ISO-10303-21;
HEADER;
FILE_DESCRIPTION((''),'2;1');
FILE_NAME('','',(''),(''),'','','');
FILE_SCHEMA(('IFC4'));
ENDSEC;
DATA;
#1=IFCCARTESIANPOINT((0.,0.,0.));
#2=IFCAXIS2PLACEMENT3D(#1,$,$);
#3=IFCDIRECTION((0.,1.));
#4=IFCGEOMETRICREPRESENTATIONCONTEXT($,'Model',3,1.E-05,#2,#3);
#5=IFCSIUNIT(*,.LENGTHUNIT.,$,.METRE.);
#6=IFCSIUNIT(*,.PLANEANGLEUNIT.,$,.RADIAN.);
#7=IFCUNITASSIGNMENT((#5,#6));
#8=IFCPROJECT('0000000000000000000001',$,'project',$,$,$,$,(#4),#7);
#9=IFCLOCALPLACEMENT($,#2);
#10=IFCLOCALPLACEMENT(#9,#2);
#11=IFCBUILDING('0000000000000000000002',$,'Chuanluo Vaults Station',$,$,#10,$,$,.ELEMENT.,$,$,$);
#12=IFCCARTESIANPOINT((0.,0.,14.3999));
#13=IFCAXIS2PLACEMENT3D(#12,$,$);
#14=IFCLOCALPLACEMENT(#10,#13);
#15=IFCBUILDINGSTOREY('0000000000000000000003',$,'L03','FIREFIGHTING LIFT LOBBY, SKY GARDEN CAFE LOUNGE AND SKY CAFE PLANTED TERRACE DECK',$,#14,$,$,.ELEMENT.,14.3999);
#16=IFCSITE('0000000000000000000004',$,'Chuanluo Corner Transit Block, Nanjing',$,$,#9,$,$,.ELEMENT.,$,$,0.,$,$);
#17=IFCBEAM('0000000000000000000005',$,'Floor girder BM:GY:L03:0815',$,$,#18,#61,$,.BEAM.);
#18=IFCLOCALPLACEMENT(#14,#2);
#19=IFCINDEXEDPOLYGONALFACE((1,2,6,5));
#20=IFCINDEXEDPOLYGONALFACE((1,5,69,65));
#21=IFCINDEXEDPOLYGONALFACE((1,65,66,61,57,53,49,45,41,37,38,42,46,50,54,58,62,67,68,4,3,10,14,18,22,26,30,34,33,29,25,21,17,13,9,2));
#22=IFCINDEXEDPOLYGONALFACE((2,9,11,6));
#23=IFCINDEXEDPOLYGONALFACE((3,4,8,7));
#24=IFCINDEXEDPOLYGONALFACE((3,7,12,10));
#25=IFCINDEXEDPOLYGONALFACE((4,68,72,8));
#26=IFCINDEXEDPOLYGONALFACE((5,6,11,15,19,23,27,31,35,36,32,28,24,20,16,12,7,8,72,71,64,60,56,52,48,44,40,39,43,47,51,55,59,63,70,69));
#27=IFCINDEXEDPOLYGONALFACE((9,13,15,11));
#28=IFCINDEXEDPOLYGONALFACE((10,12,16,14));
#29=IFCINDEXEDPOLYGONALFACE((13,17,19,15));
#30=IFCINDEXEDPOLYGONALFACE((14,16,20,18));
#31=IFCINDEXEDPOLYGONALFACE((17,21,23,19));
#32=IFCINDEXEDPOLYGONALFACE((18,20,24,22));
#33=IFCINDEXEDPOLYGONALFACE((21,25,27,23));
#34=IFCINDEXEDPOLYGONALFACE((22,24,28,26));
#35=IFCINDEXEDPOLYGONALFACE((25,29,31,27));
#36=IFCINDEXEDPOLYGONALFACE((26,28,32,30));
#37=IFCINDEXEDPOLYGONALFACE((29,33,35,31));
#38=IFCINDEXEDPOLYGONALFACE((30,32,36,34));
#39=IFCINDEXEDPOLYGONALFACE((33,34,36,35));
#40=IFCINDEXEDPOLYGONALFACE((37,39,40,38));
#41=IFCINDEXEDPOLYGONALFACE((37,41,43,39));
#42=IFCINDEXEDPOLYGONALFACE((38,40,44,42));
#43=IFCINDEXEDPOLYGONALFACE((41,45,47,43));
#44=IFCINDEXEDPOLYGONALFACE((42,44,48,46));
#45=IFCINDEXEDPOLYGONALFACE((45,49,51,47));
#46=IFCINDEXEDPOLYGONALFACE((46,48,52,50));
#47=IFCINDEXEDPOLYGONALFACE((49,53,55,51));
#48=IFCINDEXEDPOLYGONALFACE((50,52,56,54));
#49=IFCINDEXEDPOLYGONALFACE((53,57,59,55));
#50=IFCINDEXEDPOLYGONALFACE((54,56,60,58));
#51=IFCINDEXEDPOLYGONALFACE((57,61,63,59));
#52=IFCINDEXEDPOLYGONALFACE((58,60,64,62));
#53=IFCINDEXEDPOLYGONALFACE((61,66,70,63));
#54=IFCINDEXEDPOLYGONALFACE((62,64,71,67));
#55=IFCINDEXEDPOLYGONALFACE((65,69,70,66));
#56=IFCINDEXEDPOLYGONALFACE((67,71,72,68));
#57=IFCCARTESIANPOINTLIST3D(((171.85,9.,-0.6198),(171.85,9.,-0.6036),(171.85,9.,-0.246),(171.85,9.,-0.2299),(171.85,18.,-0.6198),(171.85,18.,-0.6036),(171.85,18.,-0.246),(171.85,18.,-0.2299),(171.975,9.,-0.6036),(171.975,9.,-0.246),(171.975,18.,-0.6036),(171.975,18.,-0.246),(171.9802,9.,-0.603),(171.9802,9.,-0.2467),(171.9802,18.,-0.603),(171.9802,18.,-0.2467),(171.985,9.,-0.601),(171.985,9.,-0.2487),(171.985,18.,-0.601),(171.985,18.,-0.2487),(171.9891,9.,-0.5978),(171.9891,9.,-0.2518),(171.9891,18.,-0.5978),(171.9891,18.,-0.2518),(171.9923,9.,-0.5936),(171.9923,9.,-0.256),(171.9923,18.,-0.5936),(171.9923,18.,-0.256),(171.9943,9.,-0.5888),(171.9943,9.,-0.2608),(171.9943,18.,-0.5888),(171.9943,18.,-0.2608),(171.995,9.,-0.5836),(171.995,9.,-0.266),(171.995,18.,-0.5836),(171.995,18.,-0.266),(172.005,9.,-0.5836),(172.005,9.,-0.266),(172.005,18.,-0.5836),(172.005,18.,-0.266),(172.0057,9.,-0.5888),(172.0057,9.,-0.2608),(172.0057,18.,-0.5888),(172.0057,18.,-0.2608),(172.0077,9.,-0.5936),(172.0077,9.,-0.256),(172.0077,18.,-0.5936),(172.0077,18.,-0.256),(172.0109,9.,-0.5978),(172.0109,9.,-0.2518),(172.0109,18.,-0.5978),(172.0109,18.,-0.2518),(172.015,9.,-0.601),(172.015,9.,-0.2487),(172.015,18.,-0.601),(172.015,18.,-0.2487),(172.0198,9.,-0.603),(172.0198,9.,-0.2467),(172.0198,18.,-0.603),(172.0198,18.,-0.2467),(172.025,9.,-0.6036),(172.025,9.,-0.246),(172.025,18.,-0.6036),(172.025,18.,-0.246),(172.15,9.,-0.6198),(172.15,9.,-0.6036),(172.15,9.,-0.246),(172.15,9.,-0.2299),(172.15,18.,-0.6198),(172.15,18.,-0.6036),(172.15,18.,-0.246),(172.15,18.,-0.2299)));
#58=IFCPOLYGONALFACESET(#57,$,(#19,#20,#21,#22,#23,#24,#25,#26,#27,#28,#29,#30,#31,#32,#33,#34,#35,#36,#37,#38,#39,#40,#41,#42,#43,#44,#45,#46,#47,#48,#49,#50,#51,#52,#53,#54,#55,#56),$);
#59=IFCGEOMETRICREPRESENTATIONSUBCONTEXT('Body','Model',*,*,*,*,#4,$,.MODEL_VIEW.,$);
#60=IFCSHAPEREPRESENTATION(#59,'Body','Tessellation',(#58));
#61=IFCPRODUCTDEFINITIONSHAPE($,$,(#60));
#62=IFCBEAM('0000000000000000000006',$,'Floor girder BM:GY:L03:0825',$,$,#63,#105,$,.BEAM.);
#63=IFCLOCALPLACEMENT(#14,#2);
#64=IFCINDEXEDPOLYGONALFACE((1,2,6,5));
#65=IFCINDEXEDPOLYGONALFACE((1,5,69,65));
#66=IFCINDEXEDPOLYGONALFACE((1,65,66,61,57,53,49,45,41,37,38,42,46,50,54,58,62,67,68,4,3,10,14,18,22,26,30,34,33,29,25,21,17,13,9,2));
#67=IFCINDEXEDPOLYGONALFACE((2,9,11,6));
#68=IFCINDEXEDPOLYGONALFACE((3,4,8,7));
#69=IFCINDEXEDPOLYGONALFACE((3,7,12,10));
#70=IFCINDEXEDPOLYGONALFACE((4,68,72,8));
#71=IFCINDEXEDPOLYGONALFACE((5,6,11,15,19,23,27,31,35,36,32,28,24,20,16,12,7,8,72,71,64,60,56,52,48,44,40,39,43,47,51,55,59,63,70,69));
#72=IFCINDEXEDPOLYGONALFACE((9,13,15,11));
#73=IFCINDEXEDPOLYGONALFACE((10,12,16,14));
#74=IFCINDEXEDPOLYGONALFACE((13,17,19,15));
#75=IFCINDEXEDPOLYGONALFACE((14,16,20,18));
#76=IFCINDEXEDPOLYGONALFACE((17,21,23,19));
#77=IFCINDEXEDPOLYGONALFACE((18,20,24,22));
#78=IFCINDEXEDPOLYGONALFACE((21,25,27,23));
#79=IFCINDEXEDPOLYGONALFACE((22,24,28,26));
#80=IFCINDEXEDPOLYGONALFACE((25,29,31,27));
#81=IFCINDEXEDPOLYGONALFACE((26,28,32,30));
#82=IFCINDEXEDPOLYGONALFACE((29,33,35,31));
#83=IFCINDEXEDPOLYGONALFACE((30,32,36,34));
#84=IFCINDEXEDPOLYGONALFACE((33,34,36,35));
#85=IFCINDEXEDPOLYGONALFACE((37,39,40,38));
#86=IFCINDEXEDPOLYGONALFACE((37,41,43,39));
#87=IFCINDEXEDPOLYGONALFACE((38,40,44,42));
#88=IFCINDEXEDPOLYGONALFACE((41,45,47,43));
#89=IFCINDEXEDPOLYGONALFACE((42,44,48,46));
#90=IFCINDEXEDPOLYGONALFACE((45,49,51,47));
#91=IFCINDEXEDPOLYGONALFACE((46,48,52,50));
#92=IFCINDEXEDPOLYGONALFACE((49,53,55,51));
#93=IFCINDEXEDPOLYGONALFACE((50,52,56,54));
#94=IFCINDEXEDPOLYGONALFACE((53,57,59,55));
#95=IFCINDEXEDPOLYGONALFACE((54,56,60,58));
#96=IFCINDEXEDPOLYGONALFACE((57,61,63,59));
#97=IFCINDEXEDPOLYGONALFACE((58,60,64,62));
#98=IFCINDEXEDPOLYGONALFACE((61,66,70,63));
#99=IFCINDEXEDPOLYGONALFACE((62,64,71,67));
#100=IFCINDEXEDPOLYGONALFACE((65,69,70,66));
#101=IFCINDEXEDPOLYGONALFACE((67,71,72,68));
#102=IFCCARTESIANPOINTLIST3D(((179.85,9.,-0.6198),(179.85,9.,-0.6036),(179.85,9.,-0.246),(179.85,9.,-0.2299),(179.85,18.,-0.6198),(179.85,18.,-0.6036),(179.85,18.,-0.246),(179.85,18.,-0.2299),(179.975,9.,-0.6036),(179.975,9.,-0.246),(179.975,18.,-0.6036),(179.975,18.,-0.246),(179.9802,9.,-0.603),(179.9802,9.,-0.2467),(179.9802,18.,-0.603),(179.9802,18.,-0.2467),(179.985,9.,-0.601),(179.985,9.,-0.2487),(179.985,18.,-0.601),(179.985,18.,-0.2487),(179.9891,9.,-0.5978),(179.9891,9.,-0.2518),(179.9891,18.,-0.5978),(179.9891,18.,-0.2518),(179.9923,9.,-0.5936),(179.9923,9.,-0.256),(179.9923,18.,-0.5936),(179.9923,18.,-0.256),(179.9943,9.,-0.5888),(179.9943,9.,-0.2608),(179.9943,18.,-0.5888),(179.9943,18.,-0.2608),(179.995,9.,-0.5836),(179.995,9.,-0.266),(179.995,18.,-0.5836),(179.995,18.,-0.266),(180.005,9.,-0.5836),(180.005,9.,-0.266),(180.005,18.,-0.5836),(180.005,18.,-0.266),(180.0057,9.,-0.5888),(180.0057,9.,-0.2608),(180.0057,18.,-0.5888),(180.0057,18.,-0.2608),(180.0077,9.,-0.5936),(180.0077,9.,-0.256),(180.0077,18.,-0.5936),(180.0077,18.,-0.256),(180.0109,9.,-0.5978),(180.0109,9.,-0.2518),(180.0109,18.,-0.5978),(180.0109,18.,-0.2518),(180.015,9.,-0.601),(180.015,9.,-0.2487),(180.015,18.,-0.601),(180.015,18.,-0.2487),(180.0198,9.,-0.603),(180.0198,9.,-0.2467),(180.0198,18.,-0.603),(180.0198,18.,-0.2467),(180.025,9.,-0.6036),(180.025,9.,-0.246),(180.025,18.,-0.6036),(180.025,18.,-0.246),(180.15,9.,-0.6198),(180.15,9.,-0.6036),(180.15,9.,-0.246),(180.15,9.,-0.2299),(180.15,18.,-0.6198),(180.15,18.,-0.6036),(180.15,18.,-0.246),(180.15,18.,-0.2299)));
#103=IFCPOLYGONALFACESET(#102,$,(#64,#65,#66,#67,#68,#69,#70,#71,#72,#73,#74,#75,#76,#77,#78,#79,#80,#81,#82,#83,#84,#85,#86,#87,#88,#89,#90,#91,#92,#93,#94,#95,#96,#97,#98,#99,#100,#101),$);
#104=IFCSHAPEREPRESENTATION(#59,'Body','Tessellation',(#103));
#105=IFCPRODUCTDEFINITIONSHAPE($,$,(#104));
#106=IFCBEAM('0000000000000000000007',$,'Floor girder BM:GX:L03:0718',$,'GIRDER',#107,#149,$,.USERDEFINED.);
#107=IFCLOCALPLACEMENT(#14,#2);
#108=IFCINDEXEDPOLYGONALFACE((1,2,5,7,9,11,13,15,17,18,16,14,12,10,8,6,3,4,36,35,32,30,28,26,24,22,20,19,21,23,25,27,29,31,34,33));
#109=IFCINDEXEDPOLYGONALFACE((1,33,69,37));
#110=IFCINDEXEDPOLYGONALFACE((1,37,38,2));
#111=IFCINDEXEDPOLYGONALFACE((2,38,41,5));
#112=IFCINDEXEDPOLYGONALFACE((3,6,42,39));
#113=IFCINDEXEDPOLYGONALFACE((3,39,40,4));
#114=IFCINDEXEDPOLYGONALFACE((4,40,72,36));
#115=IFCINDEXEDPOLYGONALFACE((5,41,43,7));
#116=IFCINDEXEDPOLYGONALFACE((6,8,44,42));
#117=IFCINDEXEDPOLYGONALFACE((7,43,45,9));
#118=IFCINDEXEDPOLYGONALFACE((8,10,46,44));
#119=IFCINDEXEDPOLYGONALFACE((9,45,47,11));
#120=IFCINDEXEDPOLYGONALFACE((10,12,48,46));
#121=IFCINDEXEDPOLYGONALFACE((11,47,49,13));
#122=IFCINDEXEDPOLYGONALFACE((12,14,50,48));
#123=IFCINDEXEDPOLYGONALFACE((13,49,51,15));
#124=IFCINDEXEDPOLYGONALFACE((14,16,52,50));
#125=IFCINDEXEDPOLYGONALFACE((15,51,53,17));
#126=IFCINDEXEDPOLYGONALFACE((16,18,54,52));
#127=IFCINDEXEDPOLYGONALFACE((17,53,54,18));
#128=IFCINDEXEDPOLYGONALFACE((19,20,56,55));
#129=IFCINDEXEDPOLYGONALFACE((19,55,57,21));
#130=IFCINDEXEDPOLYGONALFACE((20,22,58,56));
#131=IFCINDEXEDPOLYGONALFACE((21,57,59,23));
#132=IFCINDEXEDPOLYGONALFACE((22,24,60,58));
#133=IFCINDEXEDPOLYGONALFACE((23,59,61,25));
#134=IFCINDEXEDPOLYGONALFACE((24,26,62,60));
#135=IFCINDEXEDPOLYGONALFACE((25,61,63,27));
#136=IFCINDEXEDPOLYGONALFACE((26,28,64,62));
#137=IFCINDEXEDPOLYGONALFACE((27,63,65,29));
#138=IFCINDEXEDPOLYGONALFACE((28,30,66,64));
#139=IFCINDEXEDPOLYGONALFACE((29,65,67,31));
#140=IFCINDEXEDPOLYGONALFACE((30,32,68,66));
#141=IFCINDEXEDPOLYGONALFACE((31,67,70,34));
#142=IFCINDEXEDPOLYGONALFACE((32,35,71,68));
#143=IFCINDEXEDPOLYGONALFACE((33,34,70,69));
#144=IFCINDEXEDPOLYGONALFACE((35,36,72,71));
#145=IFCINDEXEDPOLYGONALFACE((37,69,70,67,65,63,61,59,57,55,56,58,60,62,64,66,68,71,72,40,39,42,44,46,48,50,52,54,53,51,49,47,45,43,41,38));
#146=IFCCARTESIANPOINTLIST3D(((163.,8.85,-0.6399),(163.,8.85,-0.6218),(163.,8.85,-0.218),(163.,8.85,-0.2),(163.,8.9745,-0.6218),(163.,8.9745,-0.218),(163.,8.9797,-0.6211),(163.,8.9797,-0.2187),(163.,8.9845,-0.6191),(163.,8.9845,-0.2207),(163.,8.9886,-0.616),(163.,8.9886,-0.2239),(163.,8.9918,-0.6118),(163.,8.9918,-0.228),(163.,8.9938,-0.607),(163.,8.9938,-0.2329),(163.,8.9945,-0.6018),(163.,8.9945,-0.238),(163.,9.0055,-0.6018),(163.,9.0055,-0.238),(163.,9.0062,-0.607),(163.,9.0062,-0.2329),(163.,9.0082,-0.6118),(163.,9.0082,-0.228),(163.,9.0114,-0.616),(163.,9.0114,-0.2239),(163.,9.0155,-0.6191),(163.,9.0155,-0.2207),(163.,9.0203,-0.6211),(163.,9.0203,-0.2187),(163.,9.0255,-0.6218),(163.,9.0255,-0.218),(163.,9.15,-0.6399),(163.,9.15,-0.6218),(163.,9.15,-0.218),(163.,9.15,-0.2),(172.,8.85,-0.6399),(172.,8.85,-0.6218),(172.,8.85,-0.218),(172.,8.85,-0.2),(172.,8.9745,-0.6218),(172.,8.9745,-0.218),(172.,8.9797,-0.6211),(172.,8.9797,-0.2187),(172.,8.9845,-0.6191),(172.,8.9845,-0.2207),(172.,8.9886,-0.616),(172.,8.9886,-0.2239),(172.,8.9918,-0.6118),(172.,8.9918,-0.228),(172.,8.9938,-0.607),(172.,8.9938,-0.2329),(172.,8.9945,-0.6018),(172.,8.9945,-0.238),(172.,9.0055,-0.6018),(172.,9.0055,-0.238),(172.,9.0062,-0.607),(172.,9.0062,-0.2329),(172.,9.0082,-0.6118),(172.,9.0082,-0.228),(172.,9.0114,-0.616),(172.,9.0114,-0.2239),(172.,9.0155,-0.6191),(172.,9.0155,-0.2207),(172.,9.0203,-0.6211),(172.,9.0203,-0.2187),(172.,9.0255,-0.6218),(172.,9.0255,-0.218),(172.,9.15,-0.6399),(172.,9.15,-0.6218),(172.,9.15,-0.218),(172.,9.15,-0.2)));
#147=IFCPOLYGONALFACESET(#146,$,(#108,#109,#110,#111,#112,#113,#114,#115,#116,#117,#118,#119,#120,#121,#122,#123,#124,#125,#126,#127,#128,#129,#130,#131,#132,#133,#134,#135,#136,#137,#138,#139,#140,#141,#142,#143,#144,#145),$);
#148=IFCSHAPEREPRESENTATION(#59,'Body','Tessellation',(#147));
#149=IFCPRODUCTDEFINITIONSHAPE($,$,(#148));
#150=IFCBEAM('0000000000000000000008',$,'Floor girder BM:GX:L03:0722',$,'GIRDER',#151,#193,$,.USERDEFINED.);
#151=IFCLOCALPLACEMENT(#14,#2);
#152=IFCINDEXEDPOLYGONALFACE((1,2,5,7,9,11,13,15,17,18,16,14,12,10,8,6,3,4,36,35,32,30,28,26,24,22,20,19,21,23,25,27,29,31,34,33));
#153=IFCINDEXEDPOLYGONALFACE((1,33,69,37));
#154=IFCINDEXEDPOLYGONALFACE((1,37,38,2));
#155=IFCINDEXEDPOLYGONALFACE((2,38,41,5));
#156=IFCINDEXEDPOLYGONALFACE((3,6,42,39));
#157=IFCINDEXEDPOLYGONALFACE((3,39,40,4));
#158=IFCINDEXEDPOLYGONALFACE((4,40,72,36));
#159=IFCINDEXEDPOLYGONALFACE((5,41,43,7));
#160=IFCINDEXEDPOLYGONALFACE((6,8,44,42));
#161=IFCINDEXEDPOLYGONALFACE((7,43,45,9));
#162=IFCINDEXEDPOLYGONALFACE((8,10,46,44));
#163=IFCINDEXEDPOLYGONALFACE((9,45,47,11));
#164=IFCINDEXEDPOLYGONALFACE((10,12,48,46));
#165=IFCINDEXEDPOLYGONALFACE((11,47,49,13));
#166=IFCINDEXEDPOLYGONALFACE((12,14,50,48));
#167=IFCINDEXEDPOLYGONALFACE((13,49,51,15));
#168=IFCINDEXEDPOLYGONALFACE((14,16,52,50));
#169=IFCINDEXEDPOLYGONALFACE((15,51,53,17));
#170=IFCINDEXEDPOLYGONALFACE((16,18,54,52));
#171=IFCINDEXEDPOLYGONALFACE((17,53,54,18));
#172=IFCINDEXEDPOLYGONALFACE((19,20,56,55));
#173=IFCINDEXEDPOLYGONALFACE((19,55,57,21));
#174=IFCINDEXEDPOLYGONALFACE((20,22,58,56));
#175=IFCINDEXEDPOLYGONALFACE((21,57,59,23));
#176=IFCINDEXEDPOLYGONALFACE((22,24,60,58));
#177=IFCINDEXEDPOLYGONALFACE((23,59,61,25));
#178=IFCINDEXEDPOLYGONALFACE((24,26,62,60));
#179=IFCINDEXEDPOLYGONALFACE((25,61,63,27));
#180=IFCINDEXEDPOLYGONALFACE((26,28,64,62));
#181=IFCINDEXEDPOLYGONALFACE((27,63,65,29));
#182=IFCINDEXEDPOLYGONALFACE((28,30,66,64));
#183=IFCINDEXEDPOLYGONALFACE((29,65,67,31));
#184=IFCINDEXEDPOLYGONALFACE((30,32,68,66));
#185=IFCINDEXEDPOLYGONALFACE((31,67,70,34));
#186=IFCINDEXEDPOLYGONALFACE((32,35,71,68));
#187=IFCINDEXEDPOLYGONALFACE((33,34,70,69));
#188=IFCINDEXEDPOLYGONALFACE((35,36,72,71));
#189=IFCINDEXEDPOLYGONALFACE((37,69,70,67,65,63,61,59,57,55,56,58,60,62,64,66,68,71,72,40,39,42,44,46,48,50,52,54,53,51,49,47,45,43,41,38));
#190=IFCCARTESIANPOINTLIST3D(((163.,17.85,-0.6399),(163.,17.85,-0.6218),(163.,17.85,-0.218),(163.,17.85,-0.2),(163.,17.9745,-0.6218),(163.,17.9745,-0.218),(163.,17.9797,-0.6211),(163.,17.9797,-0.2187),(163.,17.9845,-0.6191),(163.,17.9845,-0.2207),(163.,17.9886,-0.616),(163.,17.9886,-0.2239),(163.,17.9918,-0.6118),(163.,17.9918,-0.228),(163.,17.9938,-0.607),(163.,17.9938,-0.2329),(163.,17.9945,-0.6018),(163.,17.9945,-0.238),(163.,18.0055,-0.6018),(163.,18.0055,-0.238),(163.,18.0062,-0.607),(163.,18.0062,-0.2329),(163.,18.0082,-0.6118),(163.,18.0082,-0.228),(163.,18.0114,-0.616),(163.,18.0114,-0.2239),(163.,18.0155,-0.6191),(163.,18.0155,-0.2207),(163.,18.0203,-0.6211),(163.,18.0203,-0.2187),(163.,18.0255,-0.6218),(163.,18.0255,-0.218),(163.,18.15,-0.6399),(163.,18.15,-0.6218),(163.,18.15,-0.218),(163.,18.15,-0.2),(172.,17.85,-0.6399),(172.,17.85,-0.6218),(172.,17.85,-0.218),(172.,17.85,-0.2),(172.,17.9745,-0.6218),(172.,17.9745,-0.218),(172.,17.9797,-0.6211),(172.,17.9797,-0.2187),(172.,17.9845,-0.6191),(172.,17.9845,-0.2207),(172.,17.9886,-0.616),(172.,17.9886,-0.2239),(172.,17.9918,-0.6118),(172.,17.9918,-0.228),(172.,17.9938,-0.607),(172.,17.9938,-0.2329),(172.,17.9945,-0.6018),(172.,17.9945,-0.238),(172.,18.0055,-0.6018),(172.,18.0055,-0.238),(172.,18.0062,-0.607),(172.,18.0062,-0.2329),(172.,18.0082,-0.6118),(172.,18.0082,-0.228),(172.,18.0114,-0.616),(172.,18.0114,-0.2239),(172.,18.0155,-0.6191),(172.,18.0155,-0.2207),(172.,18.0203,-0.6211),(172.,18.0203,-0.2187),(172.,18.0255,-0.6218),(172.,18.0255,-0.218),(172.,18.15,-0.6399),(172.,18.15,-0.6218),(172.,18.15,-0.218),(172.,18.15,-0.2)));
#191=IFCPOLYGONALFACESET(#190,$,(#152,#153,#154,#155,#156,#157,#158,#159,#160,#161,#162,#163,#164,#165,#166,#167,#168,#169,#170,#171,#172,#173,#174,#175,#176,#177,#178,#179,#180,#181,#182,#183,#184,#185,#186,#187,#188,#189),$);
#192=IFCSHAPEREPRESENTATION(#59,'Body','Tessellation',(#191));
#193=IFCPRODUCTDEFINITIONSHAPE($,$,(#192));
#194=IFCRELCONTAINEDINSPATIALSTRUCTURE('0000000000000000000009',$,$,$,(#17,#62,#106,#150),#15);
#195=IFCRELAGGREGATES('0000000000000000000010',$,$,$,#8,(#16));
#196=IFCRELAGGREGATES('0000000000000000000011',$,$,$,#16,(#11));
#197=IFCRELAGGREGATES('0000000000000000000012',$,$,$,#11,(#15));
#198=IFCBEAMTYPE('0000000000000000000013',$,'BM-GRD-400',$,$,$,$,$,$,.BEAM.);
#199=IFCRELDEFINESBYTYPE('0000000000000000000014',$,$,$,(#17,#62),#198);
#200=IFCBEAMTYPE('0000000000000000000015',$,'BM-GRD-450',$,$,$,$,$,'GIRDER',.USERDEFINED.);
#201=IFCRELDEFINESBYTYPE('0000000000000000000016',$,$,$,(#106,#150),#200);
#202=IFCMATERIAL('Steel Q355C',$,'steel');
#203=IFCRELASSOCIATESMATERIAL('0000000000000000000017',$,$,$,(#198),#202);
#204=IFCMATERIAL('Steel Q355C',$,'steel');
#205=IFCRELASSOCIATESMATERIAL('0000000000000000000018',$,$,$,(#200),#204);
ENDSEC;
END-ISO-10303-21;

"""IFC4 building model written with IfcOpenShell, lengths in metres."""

from ifc_helpers import new_model, si_unit, direction, frame, origin, origin_2d, place, context, subcontext, project, spatial, i_section, extrude, material, material_profile, profile_set, type_object, element, save


model = new_model("IFC4")

# Units and contexts
model_context = context("Model", 3, precision=1e-05, world=origin(), true_north=direction((0.0, 1.0)))
body_context = subcontext(model_context, "Body", "Model", "MODEL_VIEW")
ifc_project = project(units=[si_unit("LENGTHUNIT", "METRE"), si_unit("PLANEANGLEUNIT", "RADIAN")], contexts=[model_context])

# Site, building, storey
site_placement = place(None, origin())
site = spatial("IfcSite", under=ifc_project, at=site_placement, Name="Chuanluo Corner Transit Block, Nanjing", CompositionType="ELEMENT", RefElevation=0.0)
building_placement = place(site_placement, origin())
building = spatial("IfcBuilding", under=site, at=building_placement, Name="Chuanluo Vaults Station", CompositionType="ELEMENT")
storey_placement = place(building_placement, frame((0.0, 0.0, 14.3999)))
storey = spatial("IfcBuildingStorey", under=building, at=storey_placement, Name="L03", Description="FIREFIGHTING LIFT LOBBY, SKY GARDEN CAFE LOUNGE AND SKY CAFE PLANTED TERRACE DECK", CompositionType="ELEMENT", Elevation=14.3999)

# Beams
ifc_material_1 = material(Name="Steel Q355C", Category="steel")
ifc_material_profile_1 = material_profile(ifc_material_1, i_section(OverallWidth=0.3, OverallDepth=0.3899, WebThickness=0.01, FlangeThickness=0.0161, FilletRadius=0.02, at=origin_2d()))
ifc_profile_set_1 = profile_set([ifc_material_profile_1], Name="Steel Q355C")
beam_type_1 = type_object("IfcBeamType", Name="BM-GRD-400", PredefinedType="BEAM", material=ifc_profile_set_1)
for number, where, z_axis, x_axis, name in (
    (1, (172.0, 9.0, -0.4248), (0.0, 1.0, 0.0), (-1.0, 0.0, 0.0), "Floor girder BM:GY:L03:0815"),
    (2, (180.0, 9.0, -0.4248), (0.0, 1.0, 0.0), (-1.0, 0.0, 0.0), "Floor girder BM:GY:L03:0825"),
):
    element("IfcBeam", number, at=place(storey_placement, frame(where, z_axis=z_axis, x_axis=x_axis)), inside=storey, type_object=beam_type_1, Name=name, PredefinedType="BEAM", context=body_context, shape_type="SweptSolid", body=[
        extrude(i_section(OverallWidth=0.3, OverallDepth=0.3899, WebThickness=0.01, FlangeThickness=0.0161, FilletRadius=0.02, at=origin_2d()), origin(), (0.0, 0.0, 1.0), 9.0),
    ])
ifc_material_2 = material(Name="Steel Q355C", Category="steel")
ifc_material_profile_2 = material_profile(ifc_material_2, i_section(OverallWidth=0.3, OverallDepth=0.4399, WebThickness=0.011, FlangeThickness=0.0181, FilletRadius=0.02, at=origin_2d()))
ifc_profile_set_2 = profile_set([ifc_material_profile_2], Name="Steel Q355C")
beam_type_2 = type_object("IfcBeamType", Name="BM-GRD-450", ElementType="GIRDER", PredefinedType="USERDEFINED", material=ifc_profile_set_2)
for number, where, z_axis, x_axis, name in (
    (3, (163.0, 9.0, -0.4199), (1.0, 0.0, 0.0), (0.0, 1.0, 0.0), "Floor girder BM:GX:L03:0718"),
    (4, (163.0, 18.0, -0.4199), (1.0, 0.0, 0.0), (0.0, 1.0, 0.0), "Floor girder BM:GX:L03:0722"),
):
    element("IfcBeam", number, at=place(storey_placement, frame(where, z_axis=z_axis, x_axis=x_axis)), inside=storey, type_object=beam_type_2, Name=name, ObjectType="GIRDER", PredefinedType="USERDEFINED", context=body_context, shape_type="SweptSolid", body=[
        extrude(i_section(OverallWidth=0.3, OverallDepth=0.4399, WebThickness=0.011, FlangeThickness=0.0181, FilletRadius=0.02, at=origin_2d()), origin(), (0.0, 0.0, 1.0), 9.0),
    ])

save(model, "model.ifc")
